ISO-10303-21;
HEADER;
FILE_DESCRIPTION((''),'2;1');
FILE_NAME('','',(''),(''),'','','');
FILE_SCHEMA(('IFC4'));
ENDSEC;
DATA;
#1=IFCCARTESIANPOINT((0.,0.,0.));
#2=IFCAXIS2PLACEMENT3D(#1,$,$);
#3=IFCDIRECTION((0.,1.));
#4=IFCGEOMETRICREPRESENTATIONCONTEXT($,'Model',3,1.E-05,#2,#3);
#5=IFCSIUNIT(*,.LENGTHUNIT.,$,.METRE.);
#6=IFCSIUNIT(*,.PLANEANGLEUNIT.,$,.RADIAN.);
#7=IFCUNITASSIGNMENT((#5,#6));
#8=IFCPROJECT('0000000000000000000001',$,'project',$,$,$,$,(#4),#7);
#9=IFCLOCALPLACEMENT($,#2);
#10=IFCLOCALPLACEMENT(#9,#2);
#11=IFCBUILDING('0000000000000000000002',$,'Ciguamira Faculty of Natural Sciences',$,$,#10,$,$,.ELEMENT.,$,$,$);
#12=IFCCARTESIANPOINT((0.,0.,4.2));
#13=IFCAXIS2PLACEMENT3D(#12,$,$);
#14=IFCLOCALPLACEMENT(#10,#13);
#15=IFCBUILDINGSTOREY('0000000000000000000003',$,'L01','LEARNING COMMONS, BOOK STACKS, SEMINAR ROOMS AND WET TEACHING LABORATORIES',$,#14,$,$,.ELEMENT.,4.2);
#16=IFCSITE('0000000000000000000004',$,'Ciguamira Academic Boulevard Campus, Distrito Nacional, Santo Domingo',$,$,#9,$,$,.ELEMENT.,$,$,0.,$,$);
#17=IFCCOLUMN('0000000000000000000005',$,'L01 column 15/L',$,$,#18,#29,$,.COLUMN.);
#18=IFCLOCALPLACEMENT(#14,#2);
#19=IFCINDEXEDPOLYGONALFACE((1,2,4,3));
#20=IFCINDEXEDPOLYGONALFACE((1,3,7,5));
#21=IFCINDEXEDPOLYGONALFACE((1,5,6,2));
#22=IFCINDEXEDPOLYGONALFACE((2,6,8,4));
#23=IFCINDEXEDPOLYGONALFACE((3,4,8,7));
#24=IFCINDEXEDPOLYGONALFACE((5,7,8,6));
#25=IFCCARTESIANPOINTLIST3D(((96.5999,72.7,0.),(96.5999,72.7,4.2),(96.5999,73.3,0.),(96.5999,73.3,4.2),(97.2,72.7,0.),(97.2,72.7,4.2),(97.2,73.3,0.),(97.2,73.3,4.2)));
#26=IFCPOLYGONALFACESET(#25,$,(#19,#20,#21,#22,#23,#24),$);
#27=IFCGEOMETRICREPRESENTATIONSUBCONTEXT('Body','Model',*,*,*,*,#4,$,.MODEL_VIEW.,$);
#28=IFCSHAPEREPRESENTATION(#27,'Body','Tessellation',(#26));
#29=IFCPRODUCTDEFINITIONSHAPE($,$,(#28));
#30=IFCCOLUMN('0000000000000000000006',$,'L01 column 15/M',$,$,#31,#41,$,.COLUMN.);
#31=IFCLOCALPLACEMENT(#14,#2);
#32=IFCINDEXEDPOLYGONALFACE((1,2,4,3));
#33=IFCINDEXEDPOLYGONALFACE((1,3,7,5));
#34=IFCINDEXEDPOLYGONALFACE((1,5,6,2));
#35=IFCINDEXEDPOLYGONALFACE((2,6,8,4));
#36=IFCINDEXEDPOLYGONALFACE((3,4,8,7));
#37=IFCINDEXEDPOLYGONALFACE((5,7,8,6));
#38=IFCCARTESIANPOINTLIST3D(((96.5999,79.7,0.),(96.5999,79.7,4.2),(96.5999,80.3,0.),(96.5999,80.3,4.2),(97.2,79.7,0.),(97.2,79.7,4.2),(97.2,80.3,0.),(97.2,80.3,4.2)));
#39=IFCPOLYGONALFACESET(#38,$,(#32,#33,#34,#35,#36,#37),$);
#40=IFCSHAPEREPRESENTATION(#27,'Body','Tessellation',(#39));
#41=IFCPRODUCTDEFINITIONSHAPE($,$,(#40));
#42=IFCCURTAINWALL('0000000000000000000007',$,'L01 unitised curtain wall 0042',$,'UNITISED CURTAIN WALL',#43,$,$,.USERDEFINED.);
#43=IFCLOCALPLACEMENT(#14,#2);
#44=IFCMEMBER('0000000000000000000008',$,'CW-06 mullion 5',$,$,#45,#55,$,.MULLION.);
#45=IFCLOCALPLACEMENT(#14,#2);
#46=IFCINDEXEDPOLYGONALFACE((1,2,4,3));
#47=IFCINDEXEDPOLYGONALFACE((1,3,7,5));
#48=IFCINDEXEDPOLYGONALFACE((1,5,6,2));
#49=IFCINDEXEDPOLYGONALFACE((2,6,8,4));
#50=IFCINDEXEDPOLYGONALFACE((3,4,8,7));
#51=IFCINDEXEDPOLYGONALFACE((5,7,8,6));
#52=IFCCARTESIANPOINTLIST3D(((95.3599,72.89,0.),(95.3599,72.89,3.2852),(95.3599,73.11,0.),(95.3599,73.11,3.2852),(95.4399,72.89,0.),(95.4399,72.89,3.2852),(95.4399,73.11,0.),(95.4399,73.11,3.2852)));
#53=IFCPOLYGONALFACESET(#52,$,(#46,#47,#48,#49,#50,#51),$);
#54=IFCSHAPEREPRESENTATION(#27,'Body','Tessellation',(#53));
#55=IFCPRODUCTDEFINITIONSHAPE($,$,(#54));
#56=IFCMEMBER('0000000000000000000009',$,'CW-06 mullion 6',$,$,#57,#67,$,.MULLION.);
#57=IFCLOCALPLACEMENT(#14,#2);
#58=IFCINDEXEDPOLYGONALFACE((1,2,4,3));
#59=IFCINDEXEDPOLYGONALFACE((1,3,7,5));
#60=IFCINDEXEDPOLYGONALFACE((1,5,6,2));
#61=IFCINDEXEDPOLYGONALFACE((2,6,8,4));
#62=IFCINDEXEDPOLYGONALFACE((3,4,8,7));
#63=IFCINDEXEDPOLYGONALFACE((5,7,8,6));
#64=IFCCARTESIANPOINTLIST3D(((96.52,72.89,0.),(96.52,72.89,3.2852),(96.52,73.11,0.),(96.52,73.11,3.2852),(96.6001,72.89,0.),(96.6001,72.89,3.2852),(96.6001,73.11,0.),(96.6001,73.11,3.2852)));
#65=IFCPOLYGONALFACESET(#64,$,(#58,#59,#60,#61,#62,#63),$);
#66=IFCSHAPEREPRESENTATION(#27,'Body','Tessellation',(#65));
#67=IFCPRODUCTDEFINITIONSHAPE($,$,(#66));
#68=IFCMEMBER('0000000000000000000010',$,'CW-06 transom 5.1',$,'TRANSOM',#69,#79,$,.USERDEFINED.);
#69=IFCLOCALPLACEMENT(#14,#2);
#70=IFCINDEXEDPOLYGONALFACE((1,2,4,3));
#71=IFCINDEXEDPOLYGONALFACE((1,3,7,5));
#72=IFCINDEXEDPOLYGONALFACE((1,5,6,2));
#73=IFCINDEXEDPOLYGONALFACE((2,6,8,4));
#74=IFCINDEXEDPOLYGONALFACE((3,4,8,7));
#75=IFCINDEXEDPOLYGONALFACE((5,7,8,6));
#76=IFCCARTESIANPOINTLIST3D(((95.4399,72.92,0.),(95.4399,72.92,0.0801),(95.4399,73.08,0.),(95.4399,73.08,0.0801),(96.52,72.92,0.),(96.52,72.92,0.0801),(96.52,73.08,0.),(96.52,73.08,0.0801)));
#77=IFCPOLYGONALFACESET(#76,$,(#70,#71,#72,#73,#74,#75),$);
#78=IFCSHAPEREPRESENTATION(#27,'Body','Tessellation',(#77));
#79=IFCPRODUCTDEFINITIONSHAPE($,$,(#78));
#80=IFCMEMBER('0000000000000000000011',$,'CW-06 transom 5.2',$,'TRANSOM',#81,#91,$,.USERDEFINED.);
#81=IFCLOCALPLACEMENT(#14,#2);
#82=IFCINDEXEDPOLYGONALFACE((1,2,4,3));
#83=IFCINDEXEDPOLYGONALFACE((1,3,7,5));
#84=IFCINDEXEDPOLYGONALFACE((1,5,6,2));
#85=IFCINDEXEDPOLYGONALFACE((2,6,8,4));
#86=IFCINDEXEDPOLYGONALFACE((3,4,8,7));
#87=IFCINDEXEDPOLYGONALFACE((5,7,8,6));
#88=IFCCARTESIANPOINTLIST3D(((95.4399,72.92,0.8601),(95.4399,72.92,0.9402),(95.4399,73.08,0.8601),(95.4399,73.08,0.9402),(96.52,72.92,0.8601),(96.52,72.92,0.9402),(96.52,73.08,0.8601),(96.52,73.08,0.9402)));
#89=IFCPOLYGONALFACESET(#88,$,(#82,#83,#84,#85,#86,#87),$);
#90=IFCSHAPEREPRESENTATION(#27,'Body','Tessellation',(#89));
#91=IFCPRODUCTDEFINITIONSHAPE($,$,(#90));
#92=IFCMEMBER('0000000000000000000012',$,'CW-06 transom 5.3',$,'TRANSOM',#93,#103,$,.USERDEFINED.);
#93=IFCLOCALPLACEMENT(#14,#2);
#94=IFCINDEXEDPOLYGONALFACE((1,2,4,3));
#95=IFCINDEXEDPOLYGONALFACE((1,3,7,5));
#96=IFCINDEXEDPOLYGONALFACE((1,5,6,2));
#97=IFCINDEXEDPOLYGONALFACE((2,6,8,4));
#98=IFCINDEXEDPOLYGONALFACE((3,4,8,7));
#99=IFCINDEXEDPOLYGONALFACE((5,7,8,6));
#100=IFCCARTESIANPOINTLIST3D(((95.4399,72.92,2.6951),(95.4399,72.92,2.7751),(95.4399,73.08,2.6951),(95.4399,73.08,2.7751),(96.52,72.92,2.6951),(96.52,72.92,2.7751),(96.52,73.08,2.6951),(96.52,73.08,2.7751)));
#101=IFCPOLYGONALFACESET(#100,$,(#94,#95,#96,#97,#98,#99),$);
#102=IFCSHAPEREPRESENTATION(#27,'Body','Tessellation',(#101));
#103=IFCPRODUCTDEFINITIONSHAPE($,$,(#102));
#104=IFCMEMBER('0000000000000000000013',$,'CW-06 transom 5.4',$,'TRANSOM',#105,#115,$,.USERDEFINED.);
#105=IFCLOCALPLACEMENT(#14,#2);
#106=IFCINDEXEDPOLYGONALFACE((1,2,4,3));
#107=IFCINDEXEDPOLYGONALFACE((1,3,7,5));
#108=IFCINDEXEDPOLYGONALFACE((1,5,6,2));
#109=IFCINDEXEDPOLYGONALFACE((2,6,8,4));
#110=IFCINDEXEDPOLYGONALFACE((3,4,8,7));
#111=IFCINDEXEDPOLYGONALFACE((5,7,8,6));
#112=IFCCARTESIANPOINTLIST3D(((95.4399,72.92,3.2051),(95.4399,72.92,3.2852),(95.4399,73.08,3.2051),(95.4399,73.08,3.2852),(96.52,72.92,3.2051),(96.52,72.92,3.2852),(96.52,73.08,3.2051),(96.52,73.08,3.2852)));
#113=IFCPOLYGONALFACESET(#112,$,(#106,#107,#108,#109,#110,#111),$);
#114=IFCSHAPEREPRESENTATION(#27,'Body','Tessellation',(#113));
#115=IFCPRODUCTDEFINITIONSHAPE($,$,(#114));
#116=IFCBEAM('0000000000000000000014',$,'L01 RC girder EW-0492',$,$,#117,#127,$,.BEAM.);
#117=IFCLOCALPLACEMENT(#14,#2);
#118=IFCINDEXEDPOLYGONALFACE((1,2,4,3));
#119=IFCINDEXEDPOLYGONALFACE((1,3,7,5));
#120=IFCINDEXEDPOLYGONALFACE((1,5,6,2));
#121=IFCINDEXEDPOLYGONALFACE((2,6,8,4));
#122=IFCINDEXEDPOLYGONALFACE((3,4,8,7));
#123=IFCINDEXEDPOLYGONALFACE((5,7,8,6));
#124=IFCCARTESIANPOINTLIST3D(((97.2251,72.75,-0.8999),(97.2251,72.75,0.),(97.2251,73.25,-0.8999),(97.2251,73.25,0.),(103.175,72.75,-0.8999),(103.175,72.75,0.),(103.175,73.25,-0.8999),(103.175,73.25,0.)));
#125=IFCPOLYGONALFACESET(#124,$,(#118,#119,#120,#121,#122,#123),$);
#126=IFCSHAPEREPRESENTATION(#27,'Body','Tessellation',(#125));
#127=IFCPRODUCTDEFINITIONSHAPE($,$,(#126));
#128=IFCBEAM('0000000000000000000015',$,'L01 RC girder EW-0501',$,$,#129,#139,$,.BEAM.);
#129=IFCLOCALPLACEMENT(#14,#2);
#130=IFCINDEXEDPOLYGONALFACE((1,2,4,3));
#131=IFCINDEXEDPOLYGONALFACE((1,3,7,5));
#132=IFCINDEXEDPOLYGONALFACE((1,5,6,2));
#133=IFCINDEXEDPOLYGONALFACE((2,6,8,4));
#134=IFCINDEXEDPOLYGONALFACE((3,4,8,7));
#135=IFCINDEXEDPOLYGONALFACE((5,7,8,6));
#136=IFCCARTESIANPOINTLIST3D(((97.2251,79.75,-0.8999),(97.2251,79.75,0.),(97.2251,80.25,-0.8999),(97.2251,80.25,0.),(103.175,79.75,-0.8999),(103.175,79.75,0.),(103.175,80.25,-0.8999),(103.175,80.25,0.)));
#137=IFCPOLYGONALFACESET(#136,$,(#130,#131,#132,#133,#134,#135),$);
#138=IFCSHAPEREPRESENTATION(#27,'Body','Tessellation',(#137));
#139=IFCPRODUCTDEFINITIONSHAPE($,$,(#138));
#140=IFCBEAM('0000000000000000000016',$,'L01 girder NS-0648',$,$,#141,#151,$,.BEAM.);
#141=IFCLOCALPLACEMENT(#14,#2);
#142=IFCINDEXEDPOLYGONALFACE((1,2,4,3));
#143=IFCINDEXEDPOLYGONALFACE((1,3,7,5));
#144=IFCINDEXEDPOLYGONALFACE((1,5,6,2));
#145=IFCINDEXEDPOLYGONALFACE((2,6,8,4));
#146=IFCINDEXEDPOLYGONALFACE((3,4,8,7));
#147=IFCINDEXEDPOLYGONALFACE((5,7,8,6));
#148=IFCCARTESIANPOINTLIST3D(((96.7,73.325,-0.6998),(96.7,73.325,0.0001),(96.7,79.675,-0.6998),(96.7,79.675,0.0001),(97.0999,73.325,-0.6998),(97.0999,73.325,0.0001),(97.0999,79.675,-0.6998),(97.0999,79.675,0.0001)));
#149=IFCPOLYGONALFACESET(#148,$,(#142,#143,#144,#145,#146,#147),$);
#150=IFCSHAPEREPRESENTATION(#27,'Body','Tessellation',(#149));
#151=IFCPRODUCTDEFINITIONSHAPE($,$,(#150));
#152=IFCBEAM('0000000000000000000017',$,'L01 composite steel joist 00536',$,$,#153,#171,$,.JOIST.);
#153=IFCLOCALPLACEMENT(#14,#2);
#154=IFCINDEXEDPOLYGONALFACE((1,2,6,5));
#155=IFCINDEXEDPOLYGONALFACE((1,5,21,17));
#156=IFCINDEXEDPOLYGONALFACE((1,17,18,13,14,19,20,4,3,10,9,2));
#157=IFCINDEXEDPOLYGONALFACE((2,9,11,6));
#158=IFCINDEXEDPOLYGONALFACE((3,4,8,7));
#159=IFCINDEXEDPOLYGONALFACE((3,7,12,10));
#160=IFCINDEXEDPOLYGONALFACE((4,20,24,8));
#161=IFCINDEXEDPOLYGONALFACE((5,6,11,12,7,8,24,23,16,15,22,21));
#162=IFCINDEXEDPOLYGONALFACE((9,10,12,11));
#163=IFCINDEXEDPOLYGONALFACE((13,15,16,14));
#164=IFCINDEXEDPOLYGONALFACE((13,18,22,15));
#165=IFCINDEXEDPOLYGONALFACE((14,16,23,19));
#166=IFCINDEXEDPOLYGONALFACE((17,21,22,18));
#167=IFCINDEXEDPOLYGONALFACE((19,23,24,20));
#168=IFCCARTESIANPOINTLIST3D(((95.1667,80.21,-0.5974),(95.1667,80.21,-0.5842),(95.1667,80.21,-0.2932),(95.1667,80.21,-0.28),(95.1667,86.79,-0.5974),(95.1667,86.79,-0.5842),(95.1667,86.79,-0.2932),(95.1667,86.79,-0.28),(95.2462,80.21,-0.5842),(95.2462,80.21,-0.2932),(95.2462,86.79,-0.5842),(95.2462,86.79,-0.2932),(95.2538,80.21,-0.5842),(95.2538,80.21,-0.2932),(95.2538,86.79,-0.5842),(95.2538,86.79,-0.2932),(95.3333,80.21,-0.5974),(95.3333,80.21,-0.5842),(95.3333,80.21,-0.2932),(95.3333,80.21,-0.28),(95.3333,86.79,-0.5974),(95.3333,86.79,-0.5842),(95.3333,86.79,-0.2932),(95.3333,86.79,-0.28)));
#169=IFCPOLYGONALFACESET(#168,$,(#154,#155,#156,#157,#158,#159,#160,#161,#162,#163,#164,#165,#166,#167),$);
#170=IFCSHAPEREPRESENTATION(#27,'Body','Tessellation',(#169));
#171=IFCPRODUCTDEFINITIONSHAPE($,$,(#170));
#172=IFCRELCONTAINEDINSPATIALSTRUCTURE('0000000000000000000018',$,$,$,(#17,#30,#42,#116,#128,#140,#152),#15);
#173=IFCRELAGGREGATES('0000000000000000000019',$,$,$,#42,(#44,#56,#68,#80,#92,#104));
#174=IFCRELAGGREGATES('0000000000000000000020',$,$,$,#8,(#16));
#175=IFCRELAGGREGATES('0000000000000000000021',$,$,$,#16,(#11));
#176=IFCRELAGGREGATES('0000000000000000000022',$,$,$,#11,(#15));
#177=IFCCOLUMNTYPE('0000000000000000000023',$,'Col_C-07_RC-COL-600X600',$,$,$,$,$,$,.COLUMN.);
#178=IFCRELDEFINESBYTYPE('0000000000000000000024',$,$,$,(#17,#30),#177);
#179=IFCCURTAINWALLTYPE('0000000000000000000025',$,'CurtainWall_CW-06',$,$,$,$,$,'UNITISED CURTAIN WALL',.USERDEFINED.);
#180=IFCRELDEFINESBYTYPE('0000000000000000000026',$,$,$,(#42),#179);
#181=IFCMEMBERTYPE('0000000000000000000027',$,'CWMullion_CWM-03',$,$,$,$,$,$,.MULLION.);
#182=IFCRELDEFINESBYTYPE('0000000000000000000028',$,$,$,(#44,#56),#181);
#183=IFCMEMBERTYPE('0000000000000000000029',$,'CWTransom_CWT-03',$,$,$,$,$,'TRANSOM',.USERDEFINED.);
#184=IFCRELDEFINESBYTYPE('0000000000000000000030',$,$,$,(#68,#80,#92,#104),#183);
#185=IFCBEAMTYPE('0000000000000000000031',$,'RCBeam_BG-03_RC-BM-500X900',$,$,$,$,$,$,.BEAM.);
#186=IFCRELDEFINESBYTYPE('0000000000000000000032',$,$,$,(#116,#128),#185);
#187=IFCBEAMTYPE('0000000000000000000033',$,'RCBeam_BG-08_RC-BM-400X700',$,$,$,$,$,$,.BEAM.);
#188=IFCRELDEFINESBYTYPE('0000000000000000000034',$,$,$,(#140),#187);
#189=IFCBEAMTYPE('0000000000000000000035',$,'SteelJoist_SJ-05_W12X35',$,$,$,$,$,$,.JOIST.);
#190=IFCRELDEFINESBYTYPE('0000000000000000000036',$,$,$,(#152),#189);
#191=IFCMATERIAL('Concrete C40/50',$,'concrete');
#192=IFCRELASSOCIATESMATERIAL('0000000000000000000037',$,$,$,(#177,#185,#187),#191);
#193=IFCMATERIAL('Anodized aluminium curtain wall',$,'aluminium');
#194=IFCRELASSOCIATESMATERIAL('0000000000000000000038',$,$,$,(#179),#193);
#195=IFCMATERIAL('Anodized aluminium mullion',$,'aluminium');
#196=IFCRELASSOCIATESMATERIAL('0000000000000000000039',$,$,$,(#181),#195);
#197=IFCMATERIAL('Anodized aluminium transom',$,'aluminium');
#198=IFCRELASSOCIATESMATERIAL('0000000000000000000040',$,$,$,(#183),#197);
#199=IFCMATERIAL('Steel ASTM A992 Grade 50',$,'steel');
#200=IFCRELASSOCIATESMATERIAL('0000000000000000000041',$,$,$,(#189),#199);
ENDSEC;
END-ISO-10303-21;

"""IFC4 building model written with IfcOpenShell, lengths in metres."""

from ifc_helpers import new_model, si_unit, direction, frame, origin, origin_2d, place, context, subcontext, project, spatial, rectangle, i_section, extrude, material, material_profile, profile_set, type_object, element, aggregate, save


model = new_model("IFC4")

# Units and contexts
model_context = context("Model", 3, precision=1e-05, world=origin(), true_north=direction((0.0, 1.0)))
body_context = subcontext(model_context, "Body", "Model", "MODEL_VIEW")
ifc_project = project(units=[si_unit("LENGTHUNIT", "METRE"), si_unit("PLANEANGLEUNIT", "RADIAN")], contexts=[model_context])

# Site, building, storey
site_placement = place(None, origin())
site = spatial("IfcSite", under=ifc_project, at=site_placement, Name="Ciguamira Academic Boulevard Campus, Distrito Nacional, Santo Domingo", CompositionType="ELEMENT", RefElevation=0.0)
building_placement = place(site_placement, origin())
building = spatial("IfcBuilding", under=site, at=building_placement, Name="Ciguamira Faculty of Natural Sciences", CompositionType="ELEMENT")
storey_placement = place(building_placement, frame((0.0, 0.0, 4.2)))
storey = spatial("IfcBuildingStorey", under=building, at=storey_placement, Name="L01", Description="LEARNING COMMONS, BOOK STACKS, SEMINAR ROOMS AND WET TEACHING LABORATORIES", CompositionType="ELEMENT", Elevation=4.2)

# Columns
ifc_material_1 = material(Name="Concrete C40/50", Category="concrete")
ifc_material_profile_1 = material_profile(ifc_material_1, rectangle(XDim=0.6001, YDim=0.6001, at=origin_2d()), Name="RC-COL-600X600")
ifc_profile_set_1 = profile_set([ifc_material_profile_1], Name="Concrete C40/50")
column_type = type_object("IfcColumnType", Name="Col_C-07_RC-COL-600X600", PredefinedType="COLUMN", material=ifc_profile_set_1)
for number, where, z_axis, x_axis, name in (
    (1, (96.8999, 73.0, 0.0), (0.0, 0.0, 1.0), (1.0, 0.0, 0.0), "L01 column 15/L"),
    (2, (96.8999, 80.0, 0.0), (0.0, 0.0, 1.0), (1.0, 0.0, 0.0), "L01 column 15/M"),
):
    element("IfcColumn", number, at=place(storey_placement, frame(where, z_axis=z_axis, x_axis=x_axis)), inside=storey, type_object=column_type, Name=name, PredefinedType="COLUMN", context=body_context, shape_type="SweptSolid", body=[
        extrude(rectangle(XDim=0.6001, YDim=0.6001, at=origin_2d()), origin(), (0.0, 0.0, 1.0), 4.2),
    ])

# Curtain wall, members
ifc_material_2 = material(Name="Anodized aluminium curtain wall", Category="aluminium")
curtain_wall_type = type_object("IfcCurtainWallType", Name="CurtainWall_CW-06", ElementType="UNITISED CURTAIN WALL", PredefinedType="USERDEFINED", material=ifc_material_2)
curtain_wall_placement = place(storey_placement, origin())
curtain_wall = element("IfcCurtainWall", 3, at=curtain_wall_placement, inside=storey, type_object=curtain_wall_type, Name="L01 unitised curtain wall 0042", ObjectType="UNITISED CURTAIN WALL", PredefinedType="USERDEFINED")
ifc_material_3 = material(Name="Anodized aluminium mullion", Category="aluminium")
ifc_material_profile_2 = material_profile(ifc_material_3, rectangle(XDim=0.0801, YDim=0.22, at=origin_2d()), Name="ALU-MUL-80X220")
ifc_profile_set_2 = profile_set([ifc_material_profile_2], Name="Anodized aluminium mullion")
member_type_1 = type_object("IfcMemberType", Name="CWMullion_CWM-03", PredefinedType="MULLION", material=ifc_profile_set_2)
member_1_placement = place(storey_placement, frame((95.3999, 73.0, 0.0), z_axis=(0.0, 0.0, 1.0), x_axis=(1.0, 0.0, 0.0)))
member_1 = element("IfcMember", 4, at=member_1_placement, type_object=member_type_1, Name="CW-06 mullion 5", PredefinedType="MULLION", context=body_context, shape_type="SweptSolid", body=[
    extrude(rectangle(XDim=0.0801, YDim=0.22, at=origin_2d()), origin(), (0.0, 0.0, 1.0), 3.2852),
])
member_2_placement = place(storey_placement, frame((96.5601, 73.0, 0.0), z_axis=(0.0, 0.0, 1.0), x_axis=(1.0, 0.0, 0.0)))
member_2 = element("IfcMember", 5, at=member_2_placement, type_object=member_type_1, Name="CW-06 mullion 6", PredefinedType="MULLION", context=body_context, shape_type="SweptSolid", body=[
    extrude(rectangle(XDim=0.0801, YDim=0.22, at=origin_2d()), origin(), (0.0, 0.0, 1.0), 3.2852),
])
ifc_material_4 = material(Name="Anodized aluminium transom", Category="aluminium")
ifc_material_profile_3 = material_profile(ifc_material_4, rectangle(XDim=0.0801, YDim=0.1599, at=origin_2d()), Name="ALU-TRN-80X160")
ifc_profile_set_3 = profile_set([ifc_material_profile_3], Name="Anodized aluminium transom")
member_type_2 = type_object("IfcMemberType", Name="CWTransom_CWT-03", ElementType="TRANSOM", PredefinedType="USERDEFINED", material=ifc_profile_set_3)
member_3_placement = place(storey_placement, frame((95.4399, 73.0, 0.04), z_axis=(1.0, 0.0, 0.0), x_axis=(0.0, 0.0, 1.0)))
member_3 = element("IfcMember", 6, at=member_3_placement, type_object=member_type_2, Name="CW-06 transom 5.1", ObjectType="TRANSOM", PredefinedType="USERDEFINED", context=body_context, shape_type="SweptSolid", body=[
    extrude(rectangle(XDim=0.0801, YDim=0.1599, at=origin_2d()), origin(), (0.0, 0.0, 1.0), 1.0801),
])
member_4_placement = place(storey_placement, frame((95.4399, 73.0, 0.9001), z_axis=(1.0, 0.0, 0.0), x_axis=(0.0, 0.0, 1.0)))
member_4 = element("IfcMember", 7, at=member_4_placement, type_object=member_type_2, Name="CW-06 transom 5.2", ObjectType="TRANSOM", PredefinedType="USERDEFINED", context=body_context, shape_type="SweptSolid", body=[
    extrude(rectangle(XDim=0.0801, YDim=0.1599, at=origin_2d()), origin(), (0.0, 0.0, 1.0), 1.0801),
])
member_5_placement = place(storey_placement, frame((95.4399, 73.0, 2.7351), z_axis=(1.0, 0.0, 0.0), x_axis=(0.0, 0.0, 1.0)))
member_5 = element("IfcMember", 8, at=member_5_placement, type_object=member_type_2, Name="CW-06 transom 5.3", ObjectType="TRANSOM", PredefinedType="USERDEFINED", context=body_context, shape_type="SweptSolid", body=[
    extrude(rectangle(XDim=0.0801, YDim=0.1599, at=origin_2d()), origin(), (0.0, 0.0, 1.0), 1.0801),
])
member_6_placement = place(storey_placement, frame((95.4399, 73.0, 3.2451), z_axis=(1.0, 0.0, 0.0), x_axis=(0.0, 0.0, 1.0)))
member_6 = element("IfcMember", 9, at=member_6_placement, type_object=member_type_2, Name="CW-06 transom 5.4", ObjectType="TRANSOM", PredefinedType="USERDEFINED", context=body_context, shape_type="SweptSolid", body=[
    extrude(rectangle(XDim=0.0801, YDim=0.1599, at=origin_2d()), origin(), (0.0, 0.0, 1.0), 1.0801),
])

# Beams
ifc_material_profile_4 = material_profile(ifc_material_1, rectangle(XDim=0.5, YDim=0.8999, at=origin_2d()), Name="RC-BM-500X900")
ifc_profile_set_4 = profile_set([ifc_material_profile_4], Name="Concrete C40/50")
beam_type_1 = type_object("IfcBeamType", Name="RCBeam_BG-03_RC-BM-500X900", PredefinedType="BEAM", material=ifc_profile_set_4)
for number, where, z_axis, x_axis, name in (
    (10, (97.2251, 73.0, -0.45), (1.0, 0.0, 0.0), (0.0, 1.0, 0.0), "L01 RC girder EW-0492"),
    (11, (97.2251, 80.0, -0.45), (1.0, 0.0, 0.0), (0.0, 1.0, 0.0), "L01 RC girder EW-0501"),
):
    element("IfcBeam", number, at=place(storey_placement, frame(where, z_axis=z_axis, x_axis=x_axis)), inside=storey, type_object=beam_type_1, Name=name, PredefinedType="BEAM", context=body_context, shape_type="SweptSolid", body=[
        extrude(rectangle(XDim=0.5, YDim=0.8999, at=origin_2d()), origin(), (0.0, 0.0, 1.0), 5.95),
    ])
ifc_material_profile_5 = material_profile(ifc_material_1, rectangle(XDim=0.3999, YDim=0.7, at=origin_2d()), Name="RC-BM-400X700")
ifc_profile_set_5 = profile_set([ifc_material_profile_5], Name="Concrete C40/50")
beam_type_2 = type_object("IfcBeamType", Name="RCBeam_BG-08_RC-BM-400X700", PredefinedType="BEAM", material=ifc_profile_set_5)
beam_1_placement = place(storey_placement, frame((96.8999, 73.325, -0.3499), z_axis=(0.0, 1.0, 0.0), x_axis=(-1.0, 0.0, 0.0)))
element("IfcBeam", 12, at=beam_1_placement, inside=storey, type_object=beam_type_2, Name="L01 girder NS-0648", PredefinedType="BEAM", context=body_context, shape_type="SweptSolid", body=[
    extrude(rectangle(XDim=0.3999, YDim=0.7, at=origin_2d()), origin(), (0.0, 0.0, 1.0), 6.3501),
])
ifc_material_5 = material(Name="Steel ASTM A992 Grade 50", Category="steel")
ifc_material_profile_6 = material_profile(ifc_material_5, i_section(OverallWidth=0.1665, OverallDepth=0.3174, WebThickness=0.0076, FlangeThickness=0.0132, at=origin_2d()), Name="W12X35")
ifc_profile_set_6 = profile_set([ifc_material_profile_6], Name="Steel ASTM A992 Grade 50")
beam_type_3 = type_object("IfcBeamType", Name="SteelJoist_SJ-05_W12X35", PredefinedType="JOIST", material=ifc_profile_set_6)
beam_2_placement = place(storey_placement, frame((95.25, 80.21, -0.4387), z_axis=(0.0, 1.0, 0.0), x_axis=(-1.0, 0.0, 0.0)))
element("IfcBeam", 13, at=beam_2_placement, inside=storey, type_object=beam_type_3, Name="L01 composite steel joist 00536", PredefinedType="JOIST", context=body_context, shape_type="SweptSolid", body=[
    extrude(i_section(OverallWidth=0.1665, OverallDepth=0.3174, WebThickness=0.0076, FlangeThickness=0.0132, at=origin_2d()), origin(), (0.0, 0.0, 1.0), 6.5801),
])

aggregate(curtain_wall, [member_1, member_2, member_3, member_4, member_5, member_6])

save(model, "model.ifc")
